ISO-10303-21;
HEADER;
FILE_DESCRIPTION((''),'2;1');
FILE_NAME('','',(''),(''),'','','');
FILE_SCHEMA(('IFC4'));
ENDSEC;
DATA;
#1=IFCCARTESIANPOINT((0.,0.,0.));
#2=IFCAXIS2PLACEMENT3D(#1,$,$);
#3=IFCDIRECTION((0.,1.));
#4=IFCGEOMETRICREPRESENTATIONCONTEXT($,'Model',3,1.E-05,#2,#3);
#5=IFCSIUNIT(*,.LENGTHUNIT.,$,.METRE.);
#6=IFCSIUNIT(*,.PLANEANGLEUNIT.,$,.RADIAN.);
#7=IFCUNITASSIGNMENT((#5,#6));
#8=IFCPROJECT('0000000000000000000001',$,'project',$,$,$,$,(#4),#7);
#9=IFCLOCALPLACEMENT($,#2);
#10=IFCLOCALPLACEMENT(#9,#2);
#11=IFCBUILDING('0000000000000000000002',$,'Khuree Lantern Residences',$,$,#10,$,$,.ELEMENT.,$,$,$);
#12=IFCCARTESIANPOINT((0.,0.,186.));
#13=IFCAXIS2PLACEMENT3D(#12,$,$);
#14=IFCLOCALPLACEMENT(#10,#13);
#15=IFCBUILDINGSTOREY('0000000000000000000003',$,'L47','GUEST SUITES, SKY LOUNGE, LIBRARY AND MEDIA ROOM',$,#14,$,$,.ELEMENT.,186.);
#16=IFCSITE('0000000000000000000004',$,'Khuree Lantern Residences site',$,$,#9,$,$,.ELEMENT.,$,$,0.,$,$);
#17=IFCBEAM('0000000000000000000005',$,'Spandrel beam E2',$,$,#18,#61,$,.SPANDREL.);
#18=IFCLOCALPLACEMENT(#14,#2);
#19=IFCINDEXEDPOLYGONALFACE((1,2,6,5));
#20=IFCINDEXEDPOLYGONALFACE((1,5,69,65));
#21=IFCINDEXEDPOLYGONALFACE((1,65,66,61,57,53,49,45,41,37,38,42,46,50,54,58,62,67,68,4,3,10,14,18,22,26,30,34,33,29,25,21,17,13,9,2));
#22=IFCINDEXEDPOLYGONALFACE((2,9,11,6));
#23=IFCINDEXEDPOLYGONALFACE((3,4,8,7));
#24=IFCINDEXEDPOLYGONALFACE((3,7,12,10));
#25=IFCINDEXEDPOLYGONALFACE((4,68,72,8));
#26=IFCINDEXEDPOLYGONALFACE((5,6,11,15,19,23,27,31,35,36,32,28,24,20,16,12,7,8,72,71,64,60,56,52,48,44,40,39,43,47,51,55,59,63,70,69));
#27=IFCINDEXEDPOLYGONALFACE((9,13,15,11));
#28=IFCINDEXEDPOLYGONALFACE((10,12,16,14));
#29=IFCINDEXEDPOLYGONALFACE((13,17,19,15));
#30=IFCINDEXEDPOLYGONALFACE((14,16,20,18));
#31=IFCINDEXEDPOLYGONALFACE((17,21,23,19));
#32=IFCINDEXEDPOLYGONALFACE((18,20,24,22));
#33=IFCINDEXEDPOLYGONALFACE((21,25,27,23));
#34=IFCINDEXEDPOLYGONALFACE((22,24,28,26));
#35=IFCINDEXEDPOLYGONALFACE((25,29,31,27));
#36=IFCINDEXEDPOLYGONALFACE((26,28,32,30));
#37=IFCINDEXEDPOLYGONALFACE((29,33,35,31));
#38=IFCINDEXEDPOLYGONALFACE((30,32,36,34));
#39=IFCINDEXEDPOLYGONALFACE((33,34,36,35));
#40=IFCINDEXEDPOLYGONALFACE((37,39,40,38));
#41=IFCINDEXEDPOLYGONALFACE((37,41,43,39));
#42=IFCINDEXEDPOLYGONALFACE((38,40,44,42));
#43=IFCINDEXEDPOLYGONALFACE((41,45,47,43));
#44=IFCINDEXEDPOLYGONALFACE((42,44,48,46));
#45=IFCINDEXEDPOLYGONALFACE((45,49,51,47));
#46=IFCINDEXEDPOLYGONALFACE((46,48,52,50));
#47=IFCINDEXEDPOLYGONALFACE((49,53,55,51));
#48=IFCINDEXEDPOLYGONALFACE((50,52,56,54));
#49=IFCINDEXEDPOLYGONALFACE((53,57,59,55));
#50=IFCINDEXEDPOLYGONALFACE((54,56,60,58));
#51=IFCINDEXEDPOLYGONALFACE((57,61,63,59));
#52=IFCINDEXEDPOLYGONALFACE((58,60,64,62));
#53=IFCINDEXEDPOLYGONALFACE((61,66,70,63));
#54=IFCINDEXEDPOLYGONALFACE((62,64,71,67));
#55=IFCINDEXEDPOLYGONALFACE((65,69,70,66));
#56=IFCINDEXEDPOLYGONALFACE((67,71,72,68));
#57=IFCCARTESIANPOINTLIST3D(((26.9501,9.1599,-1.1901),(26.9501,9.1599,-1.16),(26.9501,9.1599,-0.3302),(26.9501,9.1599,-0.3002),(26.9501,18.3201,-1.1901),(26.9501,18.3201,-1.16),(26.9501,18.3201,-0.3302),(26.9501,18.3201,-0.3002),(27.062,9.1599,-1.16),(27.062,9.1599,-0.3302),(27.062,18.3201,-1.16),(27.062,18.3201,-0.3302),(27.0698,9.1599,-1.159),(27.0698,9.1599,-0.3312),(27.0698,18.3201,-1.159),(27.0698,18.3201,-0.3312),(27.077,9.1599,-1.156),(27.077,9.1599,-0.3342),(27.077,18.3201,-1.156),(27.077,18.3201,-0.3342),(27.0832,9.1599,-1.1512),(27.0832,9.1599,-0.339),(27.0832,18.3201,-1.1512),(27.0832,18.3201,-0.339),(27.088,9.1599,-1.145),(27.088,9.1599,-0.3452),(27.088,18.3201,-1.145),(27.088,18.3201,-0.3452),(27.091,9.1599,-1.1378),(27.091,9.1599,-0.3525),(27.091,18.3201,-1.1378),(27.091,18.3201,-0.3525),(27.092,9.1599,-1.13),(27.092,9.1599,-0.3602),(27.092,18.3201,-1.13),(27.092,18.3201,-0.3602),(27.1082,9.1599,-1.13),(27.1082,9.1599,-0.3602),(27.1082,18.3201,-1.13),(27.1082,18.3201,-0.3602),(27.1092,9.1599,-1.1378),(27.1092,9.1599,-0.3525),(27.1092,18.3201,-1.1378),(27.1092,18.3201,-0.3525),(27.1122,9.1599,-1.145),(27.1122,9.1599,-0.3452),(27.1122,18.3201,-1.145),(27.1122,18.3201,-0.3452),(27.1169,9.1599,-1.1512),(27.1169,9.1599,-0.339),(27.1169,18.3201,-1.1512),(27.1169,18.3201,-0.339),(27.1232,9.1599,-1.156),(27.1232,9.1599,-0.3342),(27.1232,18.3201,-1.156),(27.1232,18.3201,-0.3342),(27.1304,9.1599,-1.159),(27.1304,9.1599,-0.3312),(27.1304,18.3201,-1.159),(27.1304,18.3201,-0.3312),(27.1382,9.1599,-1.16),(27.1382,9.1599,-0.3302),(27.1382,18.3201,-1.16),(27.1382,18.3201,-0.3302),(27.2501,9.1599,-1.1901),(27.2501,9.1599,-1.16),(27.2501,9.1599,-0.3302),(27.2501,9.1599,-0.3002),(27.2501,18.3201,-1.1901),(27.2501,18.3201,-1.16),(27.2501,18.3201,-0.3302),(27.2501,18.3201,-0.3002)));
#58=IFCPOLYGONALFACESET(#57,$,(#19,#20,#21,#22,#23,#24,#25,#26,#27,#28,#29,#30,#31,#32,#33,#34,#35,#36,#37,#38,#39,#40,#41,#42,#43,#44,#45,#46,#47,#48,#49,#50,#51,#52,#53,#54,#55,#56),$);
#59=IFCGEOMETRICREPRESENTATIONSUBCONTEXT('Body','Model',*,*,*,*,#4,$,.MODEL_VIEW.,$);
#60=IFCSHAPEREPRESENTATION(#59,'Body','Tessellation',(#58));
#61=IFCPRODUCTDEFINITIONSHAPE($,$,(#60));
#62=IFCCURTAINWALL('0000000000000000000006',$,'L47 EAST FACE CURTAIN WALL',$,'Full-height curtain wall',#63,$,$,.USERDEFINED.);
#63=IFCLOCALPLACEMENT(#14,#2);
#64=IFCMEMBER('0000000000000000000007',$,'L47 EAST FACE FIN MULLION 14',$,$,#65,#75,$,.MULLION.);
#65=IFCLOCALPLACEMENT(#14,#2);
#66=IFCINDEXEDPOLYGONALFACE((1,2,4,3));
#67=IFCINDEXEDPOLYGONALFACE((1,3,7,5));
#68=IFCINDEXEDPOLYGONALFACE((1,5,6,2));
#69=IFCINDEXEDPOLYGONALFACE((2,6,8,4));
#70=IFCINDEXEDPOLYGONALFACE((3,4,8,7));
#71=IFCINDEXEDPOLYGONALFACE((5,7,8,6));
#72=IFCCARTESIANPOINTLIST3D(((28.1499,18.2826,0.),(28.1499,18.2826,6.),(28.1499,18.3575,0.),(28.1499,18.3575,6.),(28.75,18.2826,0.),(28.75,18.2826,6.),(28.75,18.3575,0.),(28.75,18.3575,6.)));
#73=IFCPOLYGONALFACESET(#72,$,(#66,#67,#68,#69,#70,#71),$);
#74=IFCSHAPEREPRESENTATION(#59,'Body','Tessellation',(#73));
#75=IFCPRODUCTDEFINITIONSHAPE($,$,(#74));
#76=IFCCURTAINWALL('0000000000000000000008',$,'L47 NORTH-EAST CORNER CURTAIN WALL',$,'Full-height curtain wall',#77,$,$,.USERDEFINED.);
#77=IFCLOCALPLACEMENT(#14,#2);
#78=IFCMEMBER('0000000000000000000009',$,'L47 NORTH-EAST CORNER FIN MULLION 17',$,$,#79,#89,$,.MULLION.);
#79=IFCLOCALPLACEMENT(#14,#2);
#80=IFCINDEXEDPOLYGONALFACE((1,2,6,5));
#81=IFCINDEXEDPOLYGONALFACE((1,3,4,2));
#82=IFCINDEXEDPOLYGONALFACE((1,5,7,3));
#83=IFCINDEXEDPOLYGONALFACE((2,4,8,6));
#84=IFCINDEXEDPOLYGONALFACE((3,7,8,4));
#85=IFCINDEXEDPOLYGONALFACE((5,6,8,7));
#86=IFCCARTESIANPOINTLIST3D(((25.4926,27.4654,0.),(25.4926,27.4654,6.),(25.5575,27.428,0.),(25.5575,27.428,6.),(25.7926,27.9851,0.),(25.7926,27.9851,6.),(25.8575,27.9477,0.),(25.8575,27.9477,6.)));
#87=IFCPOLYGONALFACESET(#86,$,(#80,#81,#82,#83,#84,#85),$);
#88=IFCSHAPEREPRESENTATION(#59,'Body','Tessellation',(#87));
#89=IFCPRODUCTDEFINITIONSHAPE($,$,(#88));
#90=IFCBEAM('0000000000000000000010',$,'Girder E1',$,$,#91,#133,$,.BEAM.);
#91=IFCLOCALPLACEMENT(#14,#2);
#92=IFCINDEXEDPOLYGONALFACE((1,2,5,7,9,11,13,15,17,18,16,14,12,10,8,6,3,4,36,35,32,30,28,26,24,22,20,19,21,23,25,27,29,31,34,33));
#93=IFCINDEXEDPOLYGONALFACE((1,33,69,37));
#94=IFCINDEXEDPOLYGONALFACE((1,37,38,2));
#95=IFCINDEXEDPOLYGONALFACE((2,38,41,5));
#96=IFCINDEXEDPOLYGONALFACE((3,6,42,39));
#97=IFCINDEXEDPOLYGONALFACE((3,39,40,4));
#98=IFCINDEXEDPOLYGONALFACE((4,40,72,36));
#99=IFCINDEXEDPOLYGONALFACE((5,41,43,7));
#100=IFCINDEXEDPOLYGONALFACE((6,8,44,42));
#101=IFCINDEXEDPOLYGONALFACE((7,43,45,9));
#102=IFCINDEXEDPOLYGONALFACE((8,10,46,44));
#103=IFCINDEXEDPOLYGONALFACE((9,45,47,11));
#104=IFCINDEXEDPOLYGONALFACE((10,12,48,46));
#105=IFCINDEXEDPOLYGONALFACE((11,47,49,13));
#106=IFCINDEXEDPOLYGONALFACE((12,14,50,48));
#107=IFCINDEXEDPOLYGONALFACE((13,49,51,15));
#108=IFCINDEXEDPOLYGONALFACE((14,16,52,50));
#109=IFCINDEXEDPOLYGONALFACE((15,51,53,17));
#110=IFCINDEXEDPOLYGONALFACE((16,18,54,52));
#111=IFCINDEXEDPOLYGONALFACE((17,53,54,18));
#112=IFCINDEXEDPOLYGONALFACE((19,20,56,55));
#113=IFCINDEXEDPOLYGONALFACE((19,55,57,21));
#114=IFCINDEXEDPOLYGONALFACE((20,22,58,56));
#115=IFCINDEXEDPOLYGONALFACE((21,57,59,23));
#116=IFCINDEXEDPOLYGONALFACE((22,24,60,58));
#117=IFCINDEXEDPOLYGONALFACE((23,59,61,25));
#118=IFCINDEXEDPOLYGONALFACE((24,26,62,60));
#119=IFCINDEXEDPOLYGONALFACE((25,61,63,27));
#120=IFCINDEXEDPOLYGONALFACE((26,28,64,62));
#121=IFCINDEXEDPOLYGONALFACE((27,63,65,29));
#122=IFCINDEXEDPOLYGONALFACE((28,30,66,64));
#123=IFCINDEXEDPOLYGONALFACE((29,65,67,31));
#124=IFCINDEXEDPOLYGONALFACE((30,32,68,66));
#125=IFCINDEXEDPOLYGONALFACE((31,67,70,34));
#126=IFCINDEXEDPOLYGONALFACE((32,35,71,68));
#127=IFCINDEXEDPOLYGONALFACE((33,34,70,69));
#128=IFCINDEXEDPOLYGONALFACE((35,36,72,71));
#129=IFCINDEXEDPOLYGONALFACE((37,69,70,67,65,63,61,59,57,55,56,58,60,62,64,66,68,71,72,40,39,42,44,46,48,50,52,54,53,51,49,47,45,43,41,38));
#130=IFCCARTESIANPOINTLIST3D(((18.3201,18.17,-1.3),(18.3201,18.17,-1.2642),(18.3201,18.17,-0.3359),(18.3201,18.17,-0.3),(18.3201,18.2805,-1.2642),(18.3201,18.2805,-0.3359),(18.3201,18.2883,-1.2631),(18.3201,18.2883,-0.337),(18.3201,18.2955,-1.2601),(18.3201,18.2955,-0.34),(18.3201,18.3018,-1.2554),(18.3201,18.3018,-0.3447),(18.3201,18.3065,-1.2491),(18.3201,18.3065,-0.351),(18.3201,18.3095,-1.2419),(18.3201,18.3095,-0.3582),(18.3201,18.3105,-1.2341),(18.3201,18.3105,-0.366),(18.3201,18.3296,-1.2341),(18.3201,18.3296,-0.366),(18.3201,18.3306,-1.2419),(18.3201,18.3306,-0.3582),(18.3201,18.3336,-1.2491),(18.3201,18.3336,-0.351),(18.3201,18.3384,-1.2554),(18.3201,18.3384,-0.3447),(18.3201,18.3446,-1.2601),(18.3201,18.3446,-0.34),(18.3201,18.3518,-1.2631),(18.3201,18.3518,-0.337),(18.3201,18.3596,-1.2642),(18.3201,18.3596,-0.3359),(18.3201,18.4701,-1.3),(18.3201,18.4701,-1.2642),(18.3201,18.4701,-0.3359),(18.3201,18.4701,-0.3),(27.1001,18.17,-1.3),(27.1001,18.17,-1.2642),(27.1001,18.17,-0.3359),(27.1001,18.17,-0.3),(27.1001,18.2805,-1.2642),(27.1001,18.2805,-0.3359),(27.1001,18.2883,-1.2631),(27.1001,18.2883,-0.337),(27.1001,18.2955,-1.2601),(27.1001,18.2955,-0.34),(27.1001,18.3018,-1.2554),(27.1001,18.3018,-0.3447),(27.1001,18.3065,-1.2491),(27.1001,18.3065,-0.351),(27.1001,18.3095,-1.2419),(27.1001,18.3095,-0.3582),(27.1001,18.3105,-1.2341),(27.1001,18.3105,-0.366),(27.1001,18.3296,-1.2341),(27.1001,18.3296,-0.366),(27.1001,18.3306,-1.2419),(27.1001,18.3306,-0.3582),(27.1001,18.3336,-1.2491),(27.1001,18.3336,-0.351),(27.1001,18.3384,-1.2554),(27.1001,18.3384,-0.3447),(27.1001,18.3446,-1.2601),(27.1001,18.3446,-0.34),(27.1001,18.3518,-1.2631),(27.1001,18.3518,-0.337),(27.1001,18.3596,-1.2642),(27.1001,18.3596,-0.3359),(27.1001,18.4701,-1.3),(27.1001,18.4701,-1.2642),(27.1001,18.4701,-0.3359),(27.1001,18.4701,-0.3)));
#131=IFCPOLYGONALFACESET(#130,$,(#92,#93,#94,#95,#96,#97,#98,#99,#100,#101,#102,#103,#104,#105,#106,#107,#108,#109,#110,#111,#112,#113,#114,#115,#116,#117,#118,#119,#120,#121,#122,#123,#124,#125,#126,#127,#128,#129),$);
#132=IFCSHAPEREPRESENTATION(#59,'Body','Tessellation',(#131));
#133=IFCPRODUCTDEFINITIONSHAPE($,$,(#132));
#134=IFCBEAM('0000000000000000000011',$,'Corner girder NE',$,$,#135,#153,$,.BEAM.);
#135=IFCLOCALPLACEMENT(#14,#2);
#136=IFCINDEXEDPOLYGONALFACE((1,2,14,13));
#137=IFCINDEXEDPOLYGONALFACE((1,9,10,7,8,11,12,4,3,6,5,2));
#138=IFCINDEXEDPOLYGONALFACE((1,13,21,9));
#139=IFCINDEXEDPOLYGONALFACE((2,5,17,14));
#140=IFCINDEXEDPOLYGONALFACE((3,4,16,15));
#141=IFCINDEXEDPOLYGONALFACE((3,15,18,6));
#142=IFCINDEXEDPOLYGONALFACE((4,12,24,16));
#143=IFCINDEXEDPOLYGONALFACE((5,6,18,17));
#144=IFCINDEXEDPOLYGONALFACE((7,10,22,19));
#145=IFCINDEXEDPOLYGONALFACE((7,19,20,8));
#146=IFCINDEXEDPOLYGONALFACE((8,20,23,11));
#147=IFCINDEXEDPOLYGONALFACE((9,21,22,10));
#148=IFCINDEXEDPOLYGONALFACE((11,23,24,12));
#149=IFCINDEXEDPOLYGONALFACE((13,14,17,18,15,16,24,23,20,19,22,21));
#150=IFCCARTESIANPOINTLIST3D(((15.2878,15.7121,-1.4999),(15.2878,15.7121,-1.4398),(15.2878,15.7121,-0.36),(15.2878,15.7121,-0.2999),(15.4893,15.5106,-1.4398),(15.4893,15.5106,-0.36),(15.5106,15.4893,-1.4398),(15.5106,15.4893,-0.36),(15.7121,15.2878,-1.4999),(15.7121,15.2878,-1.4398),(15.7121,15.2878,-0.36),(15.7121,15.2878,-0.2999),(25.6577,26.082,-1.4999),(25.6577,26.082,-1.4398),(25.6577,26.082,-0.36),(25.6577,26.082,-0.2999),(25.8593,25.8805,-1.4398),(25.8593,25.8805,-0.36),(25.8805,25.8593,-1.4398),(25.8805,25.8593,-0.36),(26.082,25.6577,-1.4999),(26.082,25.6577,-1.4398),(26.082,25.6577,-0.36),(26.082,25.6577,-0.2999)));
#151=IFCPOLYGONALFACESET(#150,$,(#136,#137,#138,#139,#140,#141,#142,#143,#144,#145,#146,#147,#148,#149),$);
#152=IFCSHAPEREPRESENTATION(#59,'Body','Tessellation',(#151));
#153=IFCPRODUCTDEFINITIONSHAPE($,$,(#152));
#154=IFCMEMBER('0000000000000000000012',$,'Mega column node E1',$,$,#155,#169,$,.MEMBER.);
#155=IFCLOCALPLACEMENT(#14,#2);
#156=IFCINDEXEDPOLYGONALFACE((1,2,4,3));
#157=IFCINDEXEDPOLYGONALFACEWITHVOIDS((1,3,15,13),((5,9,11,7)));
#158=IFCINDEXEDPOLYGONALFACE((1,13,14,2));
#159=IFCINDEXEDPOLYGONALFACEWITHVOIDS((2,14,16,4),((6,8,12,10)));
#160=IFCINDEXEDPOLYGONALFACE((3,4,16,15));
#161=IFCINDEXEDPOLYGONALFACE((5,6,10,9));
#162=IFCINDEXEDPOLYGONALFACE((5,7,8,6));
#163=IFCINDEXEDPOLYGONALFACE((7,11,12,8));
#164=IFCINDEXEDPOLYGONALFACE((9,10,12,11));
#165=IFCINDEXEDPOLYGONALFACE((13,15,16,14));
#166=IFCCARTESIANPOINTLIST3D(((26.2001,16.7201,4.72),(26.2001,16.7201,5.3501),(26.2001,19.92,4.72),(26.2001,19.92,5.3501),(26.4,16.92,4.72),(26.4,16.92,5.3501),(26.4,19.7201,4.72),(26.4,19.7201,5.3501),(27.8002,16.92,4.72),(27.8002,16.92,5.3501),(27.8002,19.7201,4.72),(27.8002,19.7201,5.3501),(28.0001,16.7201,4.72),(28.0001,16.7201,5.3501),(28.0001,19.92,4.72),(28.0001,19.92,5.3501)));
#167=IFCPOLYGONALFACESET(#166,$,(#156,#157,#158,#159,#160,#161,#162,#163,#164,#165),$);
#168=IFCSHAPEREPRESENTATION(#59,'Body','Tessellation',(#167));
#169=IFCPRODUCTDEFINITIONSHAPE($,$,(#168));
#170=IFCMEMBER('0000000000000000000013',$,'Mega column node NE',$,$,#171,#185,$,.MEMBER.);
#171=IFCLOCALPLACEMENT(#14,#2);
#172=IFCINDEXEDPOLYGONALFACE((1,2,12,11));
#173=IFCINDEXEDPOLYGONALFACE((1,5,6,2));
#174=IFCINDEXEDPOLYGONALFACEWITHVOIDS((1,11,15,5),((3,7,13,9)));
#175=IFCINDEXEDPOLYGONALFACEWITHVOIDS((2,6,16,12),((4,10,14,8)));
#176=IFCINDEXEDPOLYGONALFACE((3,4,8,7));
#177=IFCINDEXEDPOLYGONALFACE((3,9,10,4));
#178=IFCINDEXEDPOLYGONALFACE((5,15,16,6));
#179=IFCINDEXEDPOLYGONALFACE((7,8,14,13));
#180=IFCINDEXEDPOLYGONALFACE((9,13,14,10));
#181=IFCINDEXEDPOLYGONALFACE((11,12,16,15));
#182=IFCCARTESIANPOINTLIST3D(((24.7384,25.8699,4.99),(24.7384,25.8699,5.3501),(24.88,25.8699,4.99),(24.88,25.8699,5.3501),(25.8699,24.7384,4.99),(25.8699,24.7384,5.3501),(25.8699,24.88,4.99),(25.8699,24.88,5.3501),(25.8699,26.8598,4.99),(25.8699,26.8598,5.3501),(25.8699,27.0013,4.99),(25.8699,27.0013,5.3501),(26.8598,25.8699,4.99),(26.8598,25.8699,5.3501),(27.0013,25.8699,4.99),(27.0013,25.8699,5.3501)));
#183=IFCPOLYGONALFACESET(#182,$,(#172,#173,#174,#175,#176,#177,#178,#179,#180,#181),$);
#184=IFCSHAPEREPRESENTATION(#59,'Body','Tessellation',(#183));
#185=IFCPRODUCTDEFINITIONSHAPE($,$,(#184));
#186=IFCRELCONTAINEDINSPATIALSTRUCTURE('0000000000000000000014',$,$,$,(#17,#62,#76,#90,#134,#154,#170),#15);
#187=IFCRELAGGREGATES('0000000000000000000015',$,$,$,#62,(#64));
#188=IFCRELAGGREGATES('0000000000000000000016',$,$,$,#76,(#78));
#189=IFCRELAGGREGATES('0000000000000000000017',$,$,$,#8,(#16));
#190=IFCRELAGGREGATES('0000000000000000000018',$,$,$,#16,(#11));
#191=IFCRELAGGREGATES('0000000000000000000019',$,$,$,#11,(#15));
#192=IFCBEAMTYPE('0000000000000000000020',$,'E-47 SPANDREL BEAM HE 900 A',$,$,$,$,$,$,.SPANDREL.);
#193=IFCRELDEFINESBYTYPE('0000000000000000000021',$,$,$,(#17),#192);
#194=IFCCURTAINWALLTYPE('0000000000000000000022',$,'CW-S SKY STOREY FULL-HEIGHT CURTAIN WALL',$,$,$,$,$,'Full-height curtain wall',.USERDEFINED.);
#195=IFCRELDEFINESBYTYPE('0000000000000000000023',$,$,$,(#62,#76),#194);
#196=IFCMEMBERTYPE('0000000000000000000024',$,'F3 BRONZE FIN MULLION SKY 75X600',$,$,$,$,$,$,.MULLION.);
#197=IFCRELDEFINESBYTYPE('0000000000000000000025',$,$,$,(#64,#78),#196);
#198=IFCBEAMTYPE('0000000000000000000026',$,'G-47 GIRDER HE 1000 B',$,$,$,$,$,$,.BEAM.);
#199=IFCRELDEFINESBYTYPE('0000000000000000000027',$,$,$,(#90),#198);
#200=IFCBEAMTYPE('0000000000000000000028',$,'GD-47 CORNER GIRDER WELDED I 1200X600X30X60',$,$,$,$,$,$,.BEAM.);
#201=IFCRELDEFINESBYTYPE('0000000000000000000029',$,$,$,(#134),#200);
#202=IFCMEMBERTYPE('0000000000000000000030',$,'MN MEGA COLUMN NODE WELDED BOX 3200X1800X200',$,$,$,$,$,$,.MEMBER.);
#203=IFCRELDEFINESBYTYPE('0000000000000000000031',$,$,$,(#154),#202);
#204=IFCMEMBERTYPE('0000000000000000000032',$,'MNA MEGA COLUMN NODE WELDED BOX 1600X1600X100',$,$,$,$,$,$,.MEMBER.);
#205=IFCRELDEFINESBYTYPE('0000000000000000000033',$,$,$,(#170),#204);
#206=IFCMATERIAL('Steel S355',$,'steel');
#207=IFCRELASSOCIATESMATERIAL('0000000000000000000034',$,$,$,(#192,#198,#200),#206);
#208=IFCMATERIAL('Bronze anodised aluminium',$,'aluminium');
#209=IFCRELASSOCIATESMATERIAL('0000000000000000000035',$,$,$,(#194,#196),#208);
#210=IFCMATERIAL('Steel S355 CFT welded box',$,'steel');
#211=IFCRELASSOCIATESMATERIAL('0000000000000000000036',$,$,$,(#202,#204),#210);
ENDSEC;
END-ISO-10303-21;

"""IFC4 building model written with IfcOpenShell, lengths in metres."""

from ifc_helpers import new_model, si_unit, direction, frame, origin, origin_2d, place, context, subcontext, project, spatial, rectangle, hollow_rectangle, i_section, extrude, material, material_profile, profile_set, type_object, element, aggregate, save


model = new_model("IFC4")

# Units and contexts
model_context = context("Model", 3, precision=1e-05, world=origin(), true_north=direction((0.0, 1.0)))
body_context = subcontext(model_context, "Body", "Model", "MODEL_VIEW")
ifc_project = project(units=[si_unit("LENGTHUNIT", "METRE"), si_unit("PLANEANGLEUNIT", "RADIAN")], contexts=[model_context])

# Site, building, storey
site_placement = place(None, origin())
site = spatial("IfcSite", under=ifc_project, at=site_placement, Name="Khuree Lantern Residences site", CompositionType="ELEMENT", RefElevation=0.0)
building_placement = place(site_placement, origin())
building = spatial("IfcBuilding", under=site, at=building_placement, Name="Khuree Lantern Residences", CompositionType="ELEMENT")
storey_placement = place(building_placement, frame((0.0, 0.0, 186.0)))
storey = spatial("IfcBuildingStorey", under=building, at=storey_placement, Name="L47", Description="GUEST SUITES, SKY LOUNGE, LIBRARY AND MEDIA ROOM", CompositionType="ELEMENT", Elevation=186.0)

# Shared definitions
ifc_material_1 = material(Name="Steel S355 CFT welded box", Category="steel")

# Beam
ifc_material_2 = material(Name="Steel S355", Category="steel")
ifc_material_profile_1 = material_profile(ifc_material_2, i_section(OverallWidth=0.3, OverallDepth=0.8899, WebThickness=0.0161, FlangeThickness=0.03, FilletRadius=0.03, at=origin_2d()), Name="HE 900 A")
ifc_profile_set_1 = profile_set([ifc_material_profile_1], Name="Steel S355")
beam_type_1 = type_object("IfcBeamType", Name="E-47 SPANDREL BEAM HE 900 A", PredefinedType="SPANDREL", material=ifc_profile_set_1)
beam_1_placement = place(storey_placement, frame((27.1001, 18.3201, -0.7451), z_axis=(0.0, -1.0, 0.0), x_axis=(1.0, 0.0, 0.0)))
element("IfcBeam", 1, at=beam_1_placement, inside=storey, type_object=beam_type_1, Name="Spandrel beam E2", PredefinedType="SPANDREL", context=body_context, shape_type="SweptSolid", body=[
    extrude(i_section(OverallWidth=0.3, OverallDepth=0.8899, WebThickness=0.0161, FlangeThickness=0.03, FilletRadius=0.03, at=origin_2d()), origin(), (0.0, 0.0, 1.0), 9.1602),
])

# Curtain walls, members
ifc_material_3 = material(Name="Bronze anodised aluminium", Category="aluminium")
curtain_wall_type = type_object("IfcCurtainWallType", Name="CW-S SKY STOREY FULL-HEIGHT CURTAIN WALL", ElementType="Full-height curtain wall", PredefinedType="USERDEFINED", material=ifc_material_3)
curtain_wall_1_placement = place(storey_placement, origin())
curtain_wall_1 = element("IfcCurtainWall", 2, at=curtain_wall_1_placement, inside=storey, type_object=curtain_wall_type, Name="L47 EAST FACE CURTAIN WALL", ObjectType="Full-height curtain wall", PredefinedType="USERDEFINED")
ifc_material_profile_2 = material_profile(ifc_material_3, rectangle(XDim=0.075, YDim=0.6001, at=origin_2d()), Name="F3 75X600")
ifc_profile_set_2 = profile_set([ifc_material_profile_2], Name="Bronze anodised aluminium")
member_type_1 = type_object("IfcMemberType", Name="F3 BRONZE FIN MULLION SKY 75X600", PredefinedType="MULLION", material=ifc_profile_set_2)
member_1_placement = place(storey_placement, frame((28.45, 18.3201, 0.0), z_axis=(0.0, 0.0, 1.0), x_axis=(0.0, 1.0, 0.0)))
member_1 = element("IfcMember", 3, at=member_1_placement, type_object=member_type_1, Name="L47 EAST FACE FIN MULLION 14", PredefinedType="MULLION", context=body_context, shape_type="SweptSolid", body=[
    extrude(rectangle(XDim=0.075, YDim=0.6001, at=origin_2d()), origin(), (0.0, 0.0, 1.0), 6.0),
])
curtain_wall_2_placement = place(storey_placement, origin())
curtain_wall_2 = element("IfcCurtainWall", 4, at=curtain_wall_2_placement, inside=storey, type_object=curtain_wall_type, Name="L47 NORTH-EAST CORNER CURTAIN WALL", ObjectType="Full-height curtain wall", PredefinedType="USERDEFINED")
member_2_placement = place(storey_placement, frame((25.675, 27.7065, 0.0), z_axis=(0.0, 0.0, 1.0), x_axis=(-0.866025, 0.5, 0.0)))
member_2 = element("IfcMember", 5, at=member_2_placement, type_object=member_type_1, Name="L47 NORTH-EAST CORNER FIN MULLION 17", PredefinedType="MULLION", context=body_context, shape_type="SweptSolid", body=[
    extrude(rectangle(XDim=0.075, YDim=0.6001, at=origin_2d()), origin(), (0.0, 0.0, 1.0), 6.0),
])

# Beams
ifc_material_profile_3 = material_profile(ifc_material_2, i_section(OverallWidth=0.3, OverallDepth=1.0, WebThickness=0.019, FlangeThickness=0.0359, FilletRadius=0.03, at=origin_2d()), Name="HE 1000 B")
ifc_profile_set_3 = profile_set([ifc_material_profile_3], Name="Steel S355")
beam_type_2 = type_object("IfcBeamType", Name="G-47 GIRDER HE 1000 B", PredefinedType="BEAM", material=ifc_profile_set_3)
beam_2_placement = place(storey_placement, frame((27.1001, 18.3201, -0.8), z_axis=(-1.0, 0.0, 0.0), x_axis=(0.0, -1.0, 0.0)))
element("IfcBeam", 6, at=beam_2_placement, inside=storey, type_object=beam_type_2, Name="Girder E1", PredefinedType="BEAM", context=body_context, shape_type="SweptSolid", body=[
    extrude(i_section(OverallWidth=0.3, OverallDepth=1.0, WebThickness=0.019, FlangeThickness=0.0359, FilletRadius=0.03, at=origin_2d()), origin(), (0.0, 0.0, 1.0), 8.78),
])
ifc_material_profile_4 = material_profile(ifc_material_2, i_section(OverallWidth=0.6001, OverallDepth=1.2, WebThickness=0.03, FlangeThickness=0.0601, at=origin_2d()), Name="WELDED I 1200X600X30X60")
ifc_profile_set_4 = profile_set([ifc_material_profile_4], Name="Steel S355")
beam_type_3 = type_object("IfcBeamType", Name="GD-47 CORNER GIRDER WELDED I 1200X600X30X60", PredefinedType="BEAM", material=ifc_profile_set_4)
beam_3_placement = place(storey_placement, frame((25.8699, 25.8699, -0.8999), z_axis=(-0.707107, -0.707107, 0.0), x_axis=(0.707107, -0.707107, 0.0)))
element("IfcBeam", 7, at=beam_3_placement, inside=storey, type_object=beam_type_3, Name="Corner girder NE", PredefinedType="BEAM", context=body_context, shape_type="SweptSolid", body=[
    extrude(i_section(OverallWidth=0.6001, OverallDepth=1.2, WebThickness=0.03, FlangeThickness=0.0601, at=origin_2d()), origin(), (0.0, 0.0, 1.0), 14.6653),
])

# Members
ifc_material_profile_5 = material_profile(ifc_material_1, hollow_rectangle(XDim=3.2, YDim=1.8, WallThickness=0.2, at=origin_2d()), Name="WELDED BOX 3200X1800X200")
ifc_profile_set_5 = profile_set([ifc_material_profile_5], Name="Steel S355 CFT welded box")
member_type_2 = type_object("IfcMemberType", Name="MN MEGA COLUMN NODE WELDED BOX 3200X1800X200", PredefinedType="MEMBER", material=ifc_profile_set_5)
member_3_placement = place(storey_placement, frame((27.1001, 18.3201, 4.72), z_axis=(0.0, 0.0, 1.0), x_axis=(0.0, 1.0, 0.0)))
element("IfcMember", 8, at=member_3_placement, inside=storey, type_object=member_type_2, Name="Mega column node E1", PredefinedType="MEMBER", context=body_context, shape_type="SweptSolid", body=[
    extrude(hollow_rectangle(XDim=3.2, YDim=1.8, WallThickness=0.2, at=origin_2d()), origin(), (0.0, 0.0, 1.0), 0.6301),
])
ifc_material_profile_6 = material_profile(ifc_material_1, hollow_rectangle(XDim=1.6001, YDim=1.6001, WallThickness=0.1001, at=origin_2d()), Name="WELDED BOX 1600X1600X100")
ifc_profile_set_6 = profile_set([ifc_material_profile_6], Name="Steel S355 CFT welded box")
member_type_3 = type_object("IfcMemberType", Name="MNA MEGA COLUMN NODE WELDED BOX 1600X1600X100", PredefinedType="MEMBER", material=ifc_profile_set_6)
member_4_placement = place(storey_placement, frame((25.8699, 25.8699, 4.99), z_axis=(0.0, 0.0, 1.0), x_axis=(0.707107, -0.707107, 0.0)))
element("IfcMember", 9, at=member_4_placement, inside=storey, type_object=member_type_3, Name="Mega column node NE", PredefinedType="MEMBER", context=body_context, shape_type="SweptSolid", body=[
    extrude(hollow_rectangle(XDim=1.6001, YDim=1.6001, WallThickness=0.1001, at=origin_2d()), origin(), (0.0, 0.0, 1.0), 0.3601),
])

aggregate(curtain_wall_1, [member_1])
aggregate(curtain_wall_2, [member_2])

save(model, "model.ifc")
